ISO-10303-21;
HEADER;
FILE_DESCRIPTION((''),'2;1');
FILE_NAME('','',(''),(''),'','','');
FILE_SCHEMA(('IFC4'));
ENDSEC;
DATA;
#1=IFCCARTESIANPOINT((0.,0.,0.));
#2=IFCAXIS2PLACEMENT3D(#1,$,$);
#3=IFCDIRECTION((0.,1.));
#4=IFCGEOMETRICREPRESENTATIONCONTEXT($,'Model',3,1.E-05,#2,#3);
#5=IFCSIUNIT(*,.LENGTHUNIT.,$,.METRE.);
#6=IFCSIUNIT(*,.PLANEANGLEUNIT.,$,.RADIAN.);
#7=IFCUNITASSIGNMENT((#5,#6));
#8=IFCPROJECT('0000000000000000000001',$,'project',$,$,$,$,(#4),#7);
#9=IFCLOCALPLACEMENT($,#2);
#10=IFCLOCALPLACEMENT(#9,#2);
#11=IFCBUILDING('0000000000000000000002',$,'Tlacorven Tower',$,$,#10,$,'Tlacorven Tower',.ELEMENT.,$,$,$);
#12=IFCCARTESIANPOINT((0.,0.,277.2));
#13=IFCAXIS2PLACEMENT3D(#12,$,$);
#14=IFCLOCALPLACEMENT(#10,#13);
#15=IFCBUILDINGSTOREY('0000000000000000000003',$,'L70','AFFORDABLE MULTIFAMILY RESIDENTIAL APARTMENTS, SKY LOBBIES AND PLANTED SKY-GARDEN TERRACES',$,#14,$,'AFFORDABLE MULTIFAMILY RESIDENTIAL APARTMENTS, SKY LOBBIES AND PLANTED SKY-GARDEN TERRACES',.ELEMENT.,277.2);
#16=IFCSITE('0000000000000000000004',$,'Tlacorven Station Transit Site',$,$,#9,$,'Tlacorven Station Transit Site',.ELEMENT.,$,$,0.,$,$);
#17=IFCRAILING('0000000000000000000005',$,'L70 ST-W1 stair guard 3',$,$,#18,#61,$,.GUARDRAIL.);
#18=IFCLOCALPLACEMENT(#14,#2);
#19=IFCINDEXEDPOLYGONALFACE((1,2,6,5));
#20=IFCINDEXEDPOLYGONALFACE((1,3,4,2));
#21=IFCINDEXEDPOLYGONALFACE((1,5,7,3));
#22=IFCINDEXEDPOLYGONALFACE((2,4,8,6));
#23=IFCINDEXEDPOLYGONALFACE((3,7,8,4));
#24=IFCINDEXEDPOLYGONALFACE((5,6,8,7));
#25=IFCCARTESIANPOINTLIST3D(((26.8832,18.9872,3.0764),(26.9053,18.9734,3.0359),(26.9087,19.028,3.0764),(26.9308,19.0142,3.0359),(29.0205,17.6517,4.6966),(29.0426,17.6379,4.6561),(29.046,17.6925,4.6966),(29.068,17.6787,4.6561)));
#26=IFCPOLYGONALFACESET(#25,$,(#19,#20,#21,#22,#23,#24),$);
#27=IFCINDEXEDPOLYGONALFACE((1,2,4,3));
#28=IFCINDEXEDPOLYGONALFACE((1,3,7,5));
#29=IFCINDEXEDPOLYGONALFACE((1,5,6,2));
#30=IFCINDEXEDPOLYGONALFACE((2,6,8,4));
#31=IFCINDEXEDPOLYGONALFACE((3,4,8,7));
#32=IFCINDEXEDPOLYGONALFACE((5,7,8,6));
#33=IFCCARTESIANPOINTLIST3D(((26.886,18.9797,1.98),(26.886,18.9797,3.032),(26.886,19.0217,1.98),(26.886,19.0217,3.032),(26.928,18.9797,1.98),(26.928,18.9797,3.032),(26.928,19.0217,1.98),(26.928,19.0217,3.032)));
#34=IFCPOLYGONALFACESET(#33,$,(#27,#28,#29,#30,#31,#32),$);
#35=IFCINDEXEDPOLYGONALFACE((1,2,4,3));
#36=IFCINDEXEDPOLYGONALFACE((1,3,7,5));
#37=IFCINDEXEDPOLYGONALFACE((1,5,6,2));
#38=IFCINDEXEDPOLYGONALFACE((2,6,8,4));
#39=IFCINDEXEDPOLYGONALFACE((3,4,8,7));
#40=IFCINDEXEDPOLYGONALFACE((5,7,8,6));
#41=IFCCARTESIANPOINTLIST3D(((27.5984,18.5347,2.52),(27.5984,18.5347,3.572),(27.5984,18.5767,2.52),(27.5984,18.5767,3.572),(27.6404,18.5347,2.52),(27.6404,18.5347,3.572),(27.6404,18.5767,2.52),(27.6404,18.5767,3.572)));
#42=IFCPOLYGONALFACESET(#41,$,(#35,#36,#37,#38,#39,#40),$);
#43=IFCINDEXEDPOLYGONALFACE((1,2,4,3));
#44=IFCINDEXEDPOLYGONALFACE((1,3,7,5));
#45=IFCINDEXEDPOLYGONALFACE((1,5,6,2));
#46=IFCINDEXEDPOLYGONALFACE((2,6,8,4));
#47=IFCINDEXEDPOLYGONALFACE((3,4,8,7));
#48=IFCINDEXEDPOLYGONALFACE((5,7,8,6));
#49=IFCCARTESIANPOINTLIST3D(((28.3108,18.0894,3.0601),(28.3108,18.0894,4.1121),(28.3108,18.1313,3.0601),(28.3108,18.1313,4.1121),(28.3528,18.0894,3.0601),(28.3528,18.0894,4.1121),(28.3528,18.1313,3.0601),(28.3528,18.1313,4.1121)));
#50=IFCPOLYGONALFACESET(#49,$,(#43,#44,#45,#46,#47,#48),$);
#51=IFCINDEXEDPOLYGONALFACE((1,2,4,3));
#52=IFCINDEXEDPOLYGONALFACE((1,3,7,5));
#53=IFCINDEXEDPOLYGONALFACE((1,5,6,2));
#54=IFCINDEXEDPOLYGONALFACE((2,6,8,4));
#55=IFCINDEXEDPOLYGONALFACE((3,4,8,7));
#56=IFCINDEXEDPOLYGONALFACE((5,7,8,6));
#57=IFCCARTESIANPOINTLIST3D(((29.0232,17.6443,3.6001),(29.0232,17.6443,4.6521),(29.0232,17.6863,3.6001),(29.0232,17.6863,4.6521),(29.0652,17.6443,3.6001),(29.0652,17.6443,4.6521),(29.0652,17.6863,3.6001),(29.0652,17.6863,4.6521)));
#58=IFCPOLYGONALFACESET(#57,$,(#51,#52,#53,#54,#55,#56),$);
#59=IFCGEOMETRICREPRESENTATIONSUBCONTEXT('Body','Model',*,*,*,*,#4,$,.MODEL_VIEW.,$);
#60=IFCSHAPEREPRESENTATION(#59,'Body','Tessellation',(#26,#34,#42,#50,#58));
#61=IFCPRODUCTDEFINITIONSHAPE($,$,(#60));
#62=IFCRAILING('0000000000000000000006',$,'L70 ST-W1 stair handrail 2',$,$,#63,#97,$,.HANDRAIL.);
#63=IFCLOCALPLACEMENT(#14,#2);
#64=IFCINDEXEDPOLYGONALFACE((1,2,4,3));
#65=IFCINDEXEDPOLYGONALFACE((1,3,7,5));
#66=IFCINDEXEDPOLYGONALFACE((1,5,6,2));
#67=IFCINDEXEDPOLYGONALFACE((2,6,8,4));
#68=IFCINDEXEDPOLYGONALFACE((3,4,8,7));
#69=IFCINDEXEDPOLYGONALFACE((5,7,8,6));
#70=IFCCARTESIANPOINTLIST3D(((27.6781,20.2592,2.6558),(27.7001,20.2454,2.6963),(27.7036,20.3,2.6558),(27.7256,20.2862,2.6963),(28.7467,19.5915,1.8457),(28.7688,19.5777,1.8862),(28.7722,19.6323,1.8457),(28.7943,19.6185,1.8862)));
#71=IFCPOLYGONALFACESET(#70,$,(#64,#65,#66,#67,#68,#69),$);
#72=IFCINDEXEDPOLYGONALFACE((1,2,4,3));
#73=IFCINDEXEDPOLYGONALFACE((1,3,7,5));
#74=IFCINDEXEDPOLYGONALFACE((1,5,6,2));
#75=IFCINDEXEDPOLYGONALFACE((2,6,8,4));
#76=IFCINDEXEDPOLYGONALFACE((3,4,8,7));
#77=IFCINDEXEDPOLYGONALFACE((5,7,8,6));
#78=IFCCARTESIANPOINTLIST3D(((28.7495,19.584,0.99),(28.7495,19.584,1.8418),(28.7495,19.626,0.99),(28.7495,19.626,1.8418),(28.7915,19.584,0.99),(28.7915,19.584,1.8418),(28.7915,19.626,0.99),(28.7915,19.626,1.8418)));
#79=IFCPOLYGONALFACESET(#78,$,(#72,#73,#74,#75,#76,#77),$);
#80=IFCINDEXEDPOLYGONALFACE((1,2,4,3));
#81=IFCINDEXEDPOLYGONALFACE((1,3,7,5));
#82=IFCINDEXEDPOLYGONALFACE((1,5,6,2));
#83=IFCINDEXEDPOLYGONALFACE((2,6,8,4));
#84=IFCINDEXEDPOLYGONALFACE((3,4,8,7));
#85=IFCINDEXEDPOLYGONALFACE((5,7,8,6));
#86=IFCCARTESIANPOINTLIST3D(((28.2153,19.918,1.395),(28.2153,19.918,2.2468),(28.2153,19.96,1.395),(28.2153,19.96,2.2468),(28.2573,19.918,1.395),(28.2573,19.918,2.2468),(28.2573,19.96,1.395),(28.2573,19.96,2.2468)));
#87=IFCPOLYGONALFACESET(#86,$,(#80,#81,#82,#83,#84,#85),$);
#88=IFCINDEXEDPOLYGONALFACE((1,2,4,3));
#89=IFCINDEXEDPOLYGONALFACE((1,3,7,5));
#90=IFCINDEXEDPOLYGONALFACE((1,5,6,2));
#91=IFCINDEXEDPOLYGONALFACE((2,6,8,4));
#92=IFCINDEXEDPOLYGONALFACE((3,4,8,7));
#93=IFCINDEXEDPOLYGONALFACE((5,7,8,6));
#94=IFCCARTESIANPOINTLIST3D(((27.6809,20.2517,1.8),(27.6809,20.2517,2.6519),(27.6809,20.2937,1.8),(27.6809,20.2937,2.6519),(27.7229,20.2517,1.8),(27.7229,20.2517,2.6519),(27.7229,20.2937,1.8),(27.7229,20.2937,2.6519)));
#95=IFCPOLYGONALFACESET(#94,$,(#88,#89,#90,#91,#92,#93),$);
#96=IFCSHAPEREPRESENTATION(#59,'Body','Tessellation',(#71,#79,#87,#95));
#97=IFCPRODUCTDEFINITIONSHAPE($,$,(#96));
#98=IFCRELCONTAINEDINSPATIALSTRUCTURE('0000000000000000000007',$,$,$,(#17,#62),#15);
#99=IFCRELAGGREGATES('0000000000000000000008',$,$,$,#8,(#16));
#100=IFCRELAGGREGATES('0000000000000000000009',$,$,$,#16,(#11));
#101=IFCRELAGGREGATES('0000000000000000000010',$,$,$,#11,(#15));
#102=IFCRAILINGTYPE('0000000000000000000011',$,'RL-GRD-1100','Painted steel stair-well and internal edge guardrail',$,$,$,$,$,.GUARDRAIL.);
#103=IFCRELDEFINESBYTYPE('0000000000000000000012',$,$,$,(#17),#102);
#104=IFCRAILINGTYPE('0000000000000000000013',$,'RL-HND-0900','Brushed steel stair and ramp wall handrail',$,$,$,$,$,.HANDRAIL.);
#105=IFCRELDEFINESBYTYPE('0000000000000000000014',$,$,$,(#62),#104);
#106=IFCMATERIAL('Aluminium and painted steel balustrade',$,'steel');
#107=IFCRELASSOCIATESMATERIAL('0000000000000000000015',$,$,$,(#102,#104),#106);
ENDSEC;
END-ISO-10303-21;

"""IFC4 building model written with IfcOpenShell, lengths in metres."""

from ifc_helpers import new_model, si_unit, direction, frame, origin, origin_2d, place, context, subcontext, project, spatial, rectangle, extrude, source, transform, mapped, material, type_object, element, save


model = new_model("IFC4")

# Units and contexts
model_context = context("Model", 3, precision=1e-05, world=origin(), true_north=direction((0.0, 1.0)))
body_context = subcontext(model_context, "Body", "Model", "MODEL_VIEW")
ifc_project = project(units=[si_unit("LENGTHUNIT", "METRE"), si_unit("PLANEANGLEUNIT", "RADIAN")], contexts=[model_context])

# Site, building, storey
site_placement = place(None, origin())
site = spatial("IfcSite", under=ifc_project, at=site_placement, Name="Tlacorven Station Transit Site", LongName="Tlacorven Station Transit Site", CompositionType="ELEMENT", RefElevation=0.0)
building_placement = place(site_placement, origin())
building = spatial("IfcBuilding", under=site, at=building_placement, Name="Tlacorven Tower", LongName="Tlacorven Tower", CompositionType="ELEMENT")
storey_placement = place(building_placement, frame((0.0, 0.0, 277.2)))
storey = spatial("IfcBuildingStorey", under=building, at=storey_placement, Name="L70", Description="AFFORDABLE MULTIFAMILY RESIDENTIAL APARTMENTS, SKY LOBBIES AND PLANTED SKY-GARDEN TERRACES", LongName="AFFORDABLE MULTIFAMILY RESIDENTIAL APARTMENTS, SKY LOBBIES AND PLANTED SKY-GARDEN TERRACES", CompositionType="ELEMENT", Elevation=277.2)

# Railings
ifc_material_1 = material(Name="Aluminium and painted steel balustrade", Category="steel")
railing_type_1 = type_object("IfcRailingType", Name="RL-GRD-1100", Description="Painted steel stair-well and internal edge guardrail", PredefinedType="GUARDRAIL", material=ifc_material_1)
shared_shape_1 = source(origin(), body_context, "Body", "SweptSolid", [
    extrude(rectangle(XDim=0.0481, YDim=0.0481, at=origin_2d()), frame((0.0, 0.0, 1.0762), z_axis=(0.71336, -0.445748, 0.540765), x_axis=(0.529912, 0.848053, 0.0)), (0.0, 0.0, 1.0), 2.9961),
    extrude(rectangle(XDim=0.042, YDim=0.042, at=origin_2d()), origin(), (0.0, 0.0, 1.0), 1.052),
    extrude(rectangle(XDim=0.042, YDim=0.042, at=origin_2d()), frame((0.7124, -0.4451, 0.54)), (0.0, 0.0, 1.0), 1.052),
    extrude(rectangle(XDim=0.042, YDim=0.042, at=origin_2d()), frame((1.4248, -0.8904, 1.0801)), (0.0, 0.0, 1.0), 1.052),
    extrude(rectangle(XDim=0.042, YDim=0.042, at=origin_2d()), frame((2.1372, -1.3354, 1.6201)), (0.0, 0.0, 1.0), 1.052),
])
railing_1_placement = place(storey_placement, frame((26.907, 19.0007, 1.98)))
element("IfcRailing", 1, at=railing_1_placement, inside=storey, type_object=railing_type_1, Name="L70 ST-W1 stair guard 3", PredefinedType="GUARDRAIL", context=body_context, shape_type="MappedRepresentation", body=[
    mapped(shared_shape_1, transform((0.0, 0.0, 0.0), scale=1.0)),
])
railing_type_2 = type_object("IfcRailingType", Name="RL-HND-0900", Description="Brushed steel stair and ramp wall handrail", PredefinedType="HANDRAIL", material=ifc_material_1)
shared_shape_2 = source(origin(), body_context, "Body", "SweptSolid", [
    extrude(rectangle(XDim=0.0481, YDim=0.0481, at=origin_2d()), frame((0.0, 0.0, 0.876), z_axis=(-0.71336, 0.445748, 0.540765), x_axis=(-0.529912, -0.848053, 0.0)), (0.0, 0.0, 1.0), 1.498),
    extrude(rectangle(XDim=0.042, YDim=0.042, at=origin_2d()), origin(), (0.0, 0.0, 1.0), 0.8518),
    extrude(rectangle(XDim=0.042, YDim=0.042, at=origin_2d()), frame((-0.5342, 0.334, 0.405)), (0.0, 0.0, 1.0), 0.8518),
    extrude(rectangle(XDim=0.042, YDim=0.042, at=origin_2d()), frame((-1.0686, 0.6677, 0.8101)), (0.0, 0.0, 1.0), 0.8518),
])
railing_2_placement = place(storey_placement, frame((28.7705, 19.605, 0.99)))
element("IfcRailing", 2, at=railing_2_placement, inside=storey, type_object=railing_type_2, Name="L70 ST-W1 stair handrail 2", PredefinedType="HANDRAIL", context=body_context, shape_type="MappedRepresentation", body=[
    mapped(shared_shape_2, transform((0.0, 0.0, 0.0), scale=1.0)),
])

save(model, "model.ifc")
